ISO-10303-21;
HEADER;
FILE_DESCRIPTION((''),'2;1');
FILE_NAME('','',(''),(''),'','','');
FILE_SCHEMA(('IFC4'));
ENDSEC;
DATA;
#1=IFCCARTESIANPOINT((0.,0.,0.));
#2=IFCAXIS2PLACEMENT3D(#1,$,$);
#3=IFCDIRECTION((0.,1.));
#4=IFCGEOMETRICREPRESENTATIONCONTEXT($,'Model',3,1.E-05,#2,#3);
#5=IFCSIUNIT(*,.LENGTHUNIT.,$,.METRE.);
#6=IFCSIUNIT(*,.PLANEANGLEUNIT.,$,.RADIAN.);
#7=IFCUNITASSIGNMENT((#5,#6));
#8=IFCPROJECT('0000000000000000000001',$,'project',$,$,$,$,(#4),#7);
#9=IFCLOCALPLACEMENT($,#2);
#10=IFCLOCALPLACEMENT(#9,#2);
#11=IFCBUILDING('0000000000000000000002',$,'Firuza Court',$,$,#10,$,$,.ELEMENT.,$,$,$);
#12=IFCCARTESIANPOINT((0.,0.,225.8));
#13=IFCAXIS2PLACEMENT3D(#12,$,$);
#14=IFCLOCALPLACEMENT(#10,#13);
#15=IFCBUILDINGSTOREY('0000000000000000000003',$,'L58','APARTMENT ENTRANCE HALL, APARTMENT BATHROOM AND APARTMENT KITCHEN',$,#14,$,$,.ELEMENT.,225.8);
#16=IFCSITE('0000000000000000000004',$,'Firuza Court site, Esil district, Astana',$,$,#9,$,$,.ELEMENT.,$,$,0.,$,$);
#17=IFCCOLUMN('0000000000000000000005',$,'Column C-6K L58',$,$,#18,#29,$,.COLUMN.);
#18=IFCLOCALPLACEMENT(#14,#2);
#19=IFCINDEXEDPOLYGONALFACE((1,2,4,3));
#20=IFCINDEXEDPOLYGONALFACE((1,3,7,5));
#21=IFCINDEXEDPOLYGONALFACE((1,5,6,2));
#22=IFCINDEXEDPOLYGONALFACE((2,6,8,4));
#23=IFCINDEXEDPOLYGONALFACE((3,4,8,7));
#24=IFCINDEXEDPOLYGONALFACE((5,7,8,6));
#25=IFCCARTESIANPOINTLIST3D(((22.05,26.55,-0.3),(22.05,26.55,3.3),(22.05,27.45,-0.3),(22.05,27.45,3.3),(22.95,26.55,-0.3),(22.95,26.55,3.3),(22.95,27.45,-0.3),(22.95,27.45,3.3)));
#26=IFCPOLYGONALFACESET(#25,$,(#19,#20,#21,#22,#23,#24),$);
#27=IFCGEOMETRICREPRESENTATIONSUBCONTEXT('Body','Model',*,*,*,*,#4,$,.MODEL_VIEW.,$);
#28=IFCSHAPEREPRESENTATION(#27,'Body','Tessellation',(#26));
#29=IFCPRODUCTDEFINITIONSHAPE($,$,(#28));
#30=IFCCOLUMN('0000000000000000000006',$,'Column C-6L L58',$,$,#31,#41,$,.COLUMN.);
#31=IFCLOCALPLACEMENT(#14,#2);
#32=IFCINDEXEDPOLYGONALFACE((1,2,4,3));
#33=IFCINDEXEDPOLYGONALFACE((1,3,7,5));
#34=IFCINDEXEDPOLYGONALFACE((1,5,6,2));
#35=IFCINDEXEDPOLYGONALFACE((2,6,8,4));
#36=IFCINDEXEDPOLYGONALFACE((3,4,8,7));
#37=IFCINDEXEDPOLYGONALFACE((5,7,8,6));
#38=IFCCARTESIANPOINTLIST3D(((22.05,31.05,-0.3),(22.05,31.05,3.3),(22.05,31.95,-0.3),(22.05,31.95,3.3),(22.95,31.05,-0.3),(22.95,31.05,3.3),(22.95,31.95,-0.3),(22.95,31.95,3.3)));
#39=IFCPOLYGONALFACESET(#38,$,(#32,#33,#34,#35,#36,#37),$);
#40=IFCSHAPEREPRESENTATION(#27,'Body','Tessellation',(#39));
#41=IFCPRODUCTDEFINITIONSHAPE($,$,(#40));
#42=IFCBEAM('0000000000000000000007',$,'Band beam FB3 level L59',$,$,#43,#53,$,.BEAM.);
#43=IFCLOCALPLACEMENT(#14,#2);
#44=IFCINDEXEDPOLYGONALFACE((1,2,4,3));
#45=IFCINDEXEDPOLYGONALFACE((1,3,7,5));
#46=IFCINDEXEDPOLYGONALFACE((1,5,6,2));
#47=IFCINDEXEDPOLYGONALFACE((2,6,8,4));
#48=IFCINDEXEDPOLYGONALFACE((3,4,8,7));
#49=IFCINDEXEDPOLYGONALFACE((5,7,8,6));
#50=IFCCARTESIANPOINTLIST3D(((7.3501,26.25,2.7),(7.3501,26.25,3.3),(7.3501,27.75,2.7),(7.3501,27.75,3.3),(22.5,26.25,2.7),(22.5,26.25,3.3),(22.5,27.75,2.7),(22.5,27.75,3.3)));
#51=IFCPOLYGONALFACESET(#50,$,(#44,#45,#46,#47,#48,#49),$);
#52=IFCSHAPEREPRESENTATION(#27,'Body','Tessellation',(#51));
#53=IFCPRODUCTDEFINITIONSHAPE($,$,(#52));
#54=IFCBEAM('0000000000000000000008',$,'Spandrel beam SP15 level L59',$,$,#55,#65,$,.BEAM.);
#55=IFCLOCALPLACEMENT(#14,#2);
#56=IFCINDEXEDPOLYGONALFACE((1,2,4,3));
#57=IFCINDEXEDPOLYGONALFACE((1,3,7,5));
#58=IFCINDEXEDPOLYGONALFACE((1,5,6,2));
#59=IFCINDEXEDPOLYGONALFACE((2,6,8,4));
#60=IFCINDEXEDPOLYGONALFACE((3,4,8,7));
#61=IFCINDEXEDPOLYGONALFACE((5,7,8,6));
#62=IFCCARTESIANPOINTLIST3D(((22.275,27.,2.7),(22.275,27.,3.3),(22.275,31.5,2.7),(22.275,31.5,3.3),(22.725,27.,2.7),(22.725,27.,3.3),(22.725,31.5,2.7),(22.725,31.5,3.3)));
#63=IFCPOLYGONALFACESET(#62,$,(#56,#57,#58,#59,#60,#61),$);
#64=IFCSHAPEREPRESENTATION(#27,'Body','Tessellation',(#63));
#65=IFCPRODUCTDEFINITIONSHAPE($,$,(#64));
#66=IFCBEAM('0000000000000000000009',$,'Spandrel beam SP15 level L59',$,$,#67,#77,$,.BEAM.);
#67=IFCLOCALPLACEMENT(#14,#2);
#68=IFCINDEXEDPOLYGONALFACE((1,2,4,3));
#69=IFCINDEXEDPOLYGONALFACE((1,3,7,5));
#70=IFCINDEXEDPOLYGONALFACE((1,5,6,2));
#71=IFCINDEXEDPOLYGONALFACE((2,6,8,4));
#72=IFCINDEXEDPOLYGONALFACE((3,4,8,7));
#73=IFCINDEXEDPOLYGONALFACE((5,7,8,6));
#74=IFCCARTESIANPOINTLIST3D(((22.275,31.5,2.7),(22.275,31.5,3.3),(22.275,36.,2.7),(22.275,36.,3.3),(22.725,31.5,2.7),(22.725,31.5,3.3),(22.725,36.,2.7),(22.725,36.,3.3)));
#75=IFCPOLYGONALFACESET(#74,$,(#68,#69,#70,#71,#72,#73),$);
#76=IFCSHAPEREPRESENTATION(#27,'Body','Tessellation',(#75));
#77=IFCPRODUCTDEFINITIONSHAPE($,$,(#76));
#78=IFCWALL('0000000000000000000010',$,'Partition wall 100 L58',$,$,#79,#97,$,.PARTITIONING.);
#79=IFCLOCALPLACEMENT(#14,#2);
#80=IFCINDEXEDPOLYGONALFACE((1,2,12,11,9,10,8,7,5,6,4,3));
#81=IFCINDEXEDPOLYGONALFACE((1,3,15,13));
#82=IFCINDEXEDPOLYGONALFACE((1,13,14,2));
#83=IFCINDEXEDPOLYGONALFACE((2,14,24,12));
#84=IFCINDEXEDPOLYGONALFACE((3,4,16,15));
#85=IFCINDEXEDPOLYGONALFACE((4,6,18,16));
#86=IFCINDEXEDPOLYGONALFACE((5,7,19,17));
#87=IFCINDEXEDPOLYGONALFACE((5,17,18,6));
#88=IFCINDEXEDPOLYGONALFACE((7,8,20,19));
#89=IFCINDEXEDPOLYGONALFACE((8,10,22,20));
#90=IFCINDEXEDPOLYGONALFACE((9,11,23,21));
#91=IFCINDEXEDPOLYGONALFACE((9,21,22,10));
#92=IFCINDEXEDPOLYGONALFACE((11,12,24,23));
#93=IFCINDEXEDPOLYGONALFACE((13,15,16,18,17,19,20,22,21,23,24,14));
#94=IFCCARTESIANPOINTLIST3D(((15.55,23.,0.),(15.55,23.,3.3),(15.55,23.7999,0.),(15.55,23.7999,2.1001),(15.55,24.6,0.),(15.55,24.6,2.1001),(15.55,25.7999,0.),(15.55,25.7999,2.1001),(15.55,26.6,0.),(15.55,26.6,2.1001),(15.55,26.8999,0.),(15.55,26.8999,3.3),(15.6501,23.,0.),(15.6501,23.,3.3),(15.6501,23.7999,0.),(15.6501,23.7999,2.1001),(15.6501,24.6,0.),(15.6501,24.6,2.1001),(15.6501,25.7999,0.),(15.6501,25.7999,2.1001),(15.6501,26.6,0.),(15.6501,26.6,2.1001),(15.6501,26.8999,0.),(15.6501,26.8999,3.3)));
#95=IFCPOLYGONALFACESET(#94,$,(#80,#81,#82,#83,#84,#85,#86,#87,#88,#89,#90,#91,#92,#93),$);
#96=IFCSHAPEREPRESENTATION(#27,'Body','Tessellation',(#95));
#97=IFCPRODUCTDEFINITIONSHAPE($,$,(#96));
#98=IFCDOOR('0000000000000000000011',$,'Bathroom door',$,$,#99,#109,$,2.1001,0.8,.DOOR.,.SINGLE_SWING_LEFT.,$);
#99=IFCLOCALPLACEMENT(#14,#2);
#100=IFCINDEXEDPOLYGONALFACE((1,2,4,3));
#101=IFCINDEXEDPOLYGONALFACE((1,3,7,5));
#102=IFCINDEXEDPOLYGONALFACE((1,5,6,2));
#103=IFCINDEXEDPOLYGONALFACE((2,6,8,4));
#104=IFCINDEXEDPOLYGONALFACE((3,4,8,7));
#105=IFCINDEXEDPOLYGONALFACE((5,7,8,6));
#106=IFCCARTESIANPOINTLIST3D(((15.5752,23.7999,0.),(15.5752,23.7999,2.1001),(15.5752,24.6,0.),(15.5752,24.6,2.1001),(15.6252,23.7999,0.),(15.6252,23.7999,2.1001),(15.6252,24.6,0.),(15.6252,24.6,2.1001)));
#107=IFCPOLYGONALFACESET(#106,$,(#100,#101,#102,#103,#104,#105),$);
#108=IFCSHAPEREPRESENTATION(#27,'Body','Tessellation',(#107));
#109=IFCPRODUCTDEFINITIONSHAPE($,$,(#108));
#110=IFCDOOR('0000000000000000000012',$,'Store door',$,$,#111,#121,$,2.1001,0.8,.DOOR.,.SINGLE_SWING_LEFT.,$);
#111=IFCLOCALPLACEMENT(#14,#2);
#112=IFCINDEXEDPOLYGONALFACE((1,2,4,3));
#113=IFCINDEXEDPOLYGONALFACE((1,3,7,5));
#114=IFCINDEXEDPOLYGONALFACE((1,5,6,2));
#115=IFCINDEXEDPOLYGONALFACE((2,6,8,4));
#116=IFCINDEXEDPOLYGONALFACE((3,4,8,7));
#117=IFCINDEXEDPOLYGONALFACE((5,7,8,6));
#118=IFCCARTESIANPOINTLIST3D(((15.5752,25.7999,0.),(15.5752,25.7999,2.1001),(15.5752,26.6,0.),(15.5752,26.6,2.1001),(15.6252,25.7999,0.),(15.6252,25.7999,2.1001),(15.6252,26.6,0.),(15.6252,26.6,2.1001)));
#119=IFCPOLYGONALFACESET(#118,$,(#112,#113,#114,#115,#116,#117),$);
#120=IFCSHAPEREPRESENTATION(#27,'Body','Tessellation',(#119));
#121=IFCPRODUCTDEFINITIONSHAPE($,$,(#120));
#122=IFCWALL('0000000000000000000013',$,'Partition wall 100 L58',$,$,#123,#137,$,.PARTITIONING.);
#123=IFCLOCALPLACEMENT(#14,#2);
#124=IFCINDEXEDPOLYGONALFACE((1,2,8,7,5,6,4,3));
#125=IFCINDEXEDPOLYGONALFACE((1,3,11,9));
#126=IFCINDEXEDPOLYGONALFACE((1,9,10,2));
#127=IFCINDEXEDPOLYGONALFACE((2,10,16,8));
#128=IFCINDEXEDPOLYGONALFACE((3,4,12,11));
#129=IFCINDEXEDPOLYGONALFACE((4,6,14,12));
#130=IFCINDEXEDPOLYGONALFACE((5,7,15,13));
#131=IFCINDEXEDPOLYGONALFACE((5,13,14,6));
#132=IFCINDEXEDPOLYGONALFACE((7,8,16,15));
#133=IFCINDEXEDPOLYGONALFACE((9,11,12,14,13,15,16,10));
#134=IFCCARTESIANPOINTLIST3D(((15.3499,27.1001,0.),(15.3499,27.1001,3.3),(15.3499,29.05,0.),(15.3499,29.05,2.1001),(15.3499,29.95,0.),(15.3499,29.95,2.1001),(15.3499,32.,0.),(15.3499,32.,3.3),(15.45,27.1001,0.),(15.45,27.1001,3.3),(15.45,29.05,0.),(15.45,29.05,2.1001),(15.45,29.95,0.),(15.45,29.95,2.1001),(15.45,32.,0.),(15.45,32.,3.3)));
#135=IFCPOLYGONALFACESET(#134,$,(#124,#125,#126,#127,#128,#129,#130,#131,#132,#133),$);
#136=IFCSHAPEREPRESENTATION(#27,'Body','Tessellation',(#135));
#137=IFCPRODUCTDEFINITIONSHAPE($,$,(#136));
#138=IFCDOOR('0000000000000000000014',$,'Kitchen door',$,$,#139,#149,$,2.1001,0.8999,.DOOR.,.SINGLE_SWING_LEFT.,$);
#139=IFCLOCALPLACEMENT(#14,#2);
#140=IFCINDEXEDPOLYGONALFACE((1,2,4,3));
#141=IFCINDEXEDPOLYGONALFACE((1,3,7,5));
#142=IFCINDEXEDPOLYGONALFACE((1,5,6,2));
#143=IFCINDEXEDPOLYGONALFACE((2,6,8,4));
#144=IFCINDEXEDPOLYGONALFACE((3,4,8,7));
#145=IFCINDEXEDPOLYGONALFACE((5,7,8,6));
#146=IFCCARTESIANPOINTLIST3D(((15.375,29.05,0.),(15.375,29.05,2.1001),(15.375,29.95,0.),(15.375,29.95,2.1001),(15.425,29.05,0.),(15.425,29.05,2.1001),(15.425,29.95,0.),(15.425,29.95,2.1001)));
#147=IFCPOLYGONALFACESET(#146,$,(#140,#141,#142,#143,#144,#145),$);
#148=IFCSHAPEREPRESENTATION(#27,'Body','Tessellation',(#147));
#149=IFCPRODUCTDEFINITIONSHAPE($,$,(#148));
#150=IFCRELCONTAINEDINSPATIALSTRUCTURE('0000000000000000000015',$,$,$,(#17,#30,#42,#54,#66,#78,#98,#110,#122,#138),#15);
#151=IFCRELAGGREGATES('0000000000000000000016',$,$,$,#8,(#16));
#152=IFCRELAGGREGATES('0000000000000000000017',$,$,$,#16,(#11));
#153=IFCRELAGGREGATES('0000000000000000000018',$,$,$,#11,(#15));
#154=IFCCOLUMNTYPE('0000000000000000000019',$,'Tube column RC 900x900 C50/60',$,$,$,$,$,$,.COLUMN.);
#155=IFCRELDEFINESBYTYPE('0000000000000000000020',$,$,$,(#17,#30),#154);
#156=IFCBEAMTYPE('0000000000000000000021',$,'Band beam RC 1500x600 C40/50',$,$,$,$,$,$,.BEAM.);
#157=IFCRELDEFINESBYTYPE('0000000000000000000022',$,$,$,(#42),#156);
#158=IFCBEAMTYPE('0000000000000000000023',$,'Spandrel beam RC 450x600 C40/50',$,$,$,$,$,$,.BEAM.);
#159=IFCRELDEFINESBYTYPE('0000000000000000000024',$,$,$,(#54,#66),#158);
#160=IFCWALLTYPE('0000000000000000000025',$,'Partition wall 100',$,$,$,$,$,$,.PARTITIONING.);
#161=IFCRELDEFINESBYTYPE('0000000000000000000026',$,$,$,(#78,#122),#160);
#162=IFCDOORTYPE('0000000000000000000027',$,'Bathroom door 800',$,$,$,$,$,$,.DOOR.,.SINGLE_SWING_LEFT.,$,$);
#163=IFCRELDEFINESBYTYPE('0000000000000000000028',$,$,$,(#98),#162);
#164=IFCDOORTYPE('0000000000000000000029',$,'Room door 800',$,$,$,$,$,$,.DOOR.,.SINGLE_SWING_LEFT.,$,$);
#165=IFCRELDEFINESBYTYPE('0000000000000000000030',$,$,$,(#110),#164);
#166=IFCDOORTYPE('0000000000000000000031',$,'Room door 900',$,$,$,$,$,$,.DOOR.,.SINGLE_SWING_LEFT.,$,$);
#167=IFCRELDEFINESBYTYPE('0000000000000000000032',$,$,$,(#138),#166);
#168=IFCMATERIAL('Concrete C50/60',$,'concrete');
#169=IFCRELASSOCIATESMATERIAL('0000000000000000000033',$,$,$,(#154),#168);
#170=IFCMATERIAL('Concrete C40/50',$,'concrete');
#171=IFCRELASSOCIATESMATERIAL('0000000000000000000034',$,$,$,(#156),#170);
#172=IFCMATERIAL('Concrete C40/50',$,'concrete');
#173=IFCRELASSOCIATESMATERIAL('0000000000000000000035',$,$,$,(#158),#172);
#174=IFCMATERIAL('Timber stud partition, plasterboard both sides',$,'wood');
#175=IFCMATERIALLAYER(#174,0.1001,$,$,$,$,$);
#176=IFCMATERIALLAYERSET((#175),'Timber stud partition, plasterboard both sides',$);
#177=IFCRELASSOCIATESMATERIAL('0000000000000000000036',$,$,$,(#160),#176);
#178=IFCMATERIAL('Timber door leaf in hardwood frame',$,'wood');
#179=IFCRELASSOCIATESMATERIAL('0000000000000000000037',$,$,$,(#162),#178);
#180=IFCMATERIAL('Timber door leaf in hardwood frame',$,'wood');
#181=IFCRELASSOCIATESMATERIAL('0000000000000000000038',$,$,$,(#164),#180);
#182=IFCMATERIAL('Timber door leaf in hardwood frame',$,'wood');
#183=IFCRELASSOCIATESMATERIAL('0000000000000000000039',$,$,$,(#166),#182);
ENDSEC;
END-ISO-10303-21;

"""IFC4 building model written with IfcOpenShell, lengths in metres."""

from ifc_helpers import new_model, si_unit, direction, frame, frame_2d, origin, origin_2d, place, context, subcontext, project, spatial, rectangle, extrude, material, layer, layer_set, material_profile, profile_set, type_object, element, fill, save


model = new_model("IFC4")

# Units and contexts
model_context = context("Model", 3, precision=1e-05, world=origin(), true_north=direction((0.0, 1.0)))
body_context = subcontext(model_context, "Body", "Model", "MODEL_VIEW")
ifc_project = project(units=[si_unit("LENGTHUNIT", "METRE"), si_unit("PLANEANGLEUNIT", "RADIAN")], contexts=[model_context])

# Site, building, storey
site_placement = place(None, origin())
site = spatial("IfcSite", under=ifc_project, at=site_placement, Name="Firuza Court site, Esil district, Astana", CompositionType="ELEMENT", RefElevation=0.0)
building_placement = place(site_placement, origin())
building = spatial("IfcBuilding", under=site, at=building_placement, Name="Firuza Court", CompositionType="ELEMENT")
storey_placement = place(building_placement, frame((0.0, 0.0, 225.8)))
storey = spatial("IfcBuildingStorey", under=building, at=storey_placement, Name="L58", Description="APARTMENT ENTRANCE HALL, APARTMENT BATHROOM AND APARTMENT KITCHEN", CompositionType="ELEMENT", Elevation=225.8)

# Columns
ifc_material_1 = material(Name="Concrete C50/60", Category="concrete")
ifc_material_profile_1 = material_profile(ifc_material_1, rectangle(XDim=0.8999, YDim=0.8999, at=origin_2d()), Name="RC 900x900")
ifc_profile_set_1 = profile_set([ifc_material_profile_1], Name="Concrete C50/60")
column_type = type_object("IfcColumnType", Name="Tube column RC 900x900 C50/60", PredefinedType="COLUMN", material=ifc_profile_set_1)
for number, where, z_axis, x_axis, name in (
    (1, (22.5, 27.0, -0.3), (0.0, 0.0, 1.0), (1.0, 0.0, 0.0), "Column C-6K L58"),
    (2, (22.5, 31.5, -0.3), (0.0, 0.0, 1.0), (1.0, 0.0, 0.0), "Column C-6L L58"),
):
    element("IfcColumn", number, at=place(storey_placement, frame(where, z_axis=z_axis, x_axis=x_axis)), inside=storey, type_object=column_type, Name=name, PredefinedType="COLUMN", context=body_context, shape_type="SweptSolid", body=[
        extrude(rectangle(XDim=0.8999, YDim=0.8999, at=origin_2d()), origin(), (0.0, 0.0, 1.0), 3.6001),
    ])

# Beams
ifc_material_2 = material(Name="Concrete C40/50", Category="concrete")
ifc_material_profile_2 = material_profile(ifc_material_2, rectangle(XDim=1.5, YDim=0.6001, at=origin_2d()), Name="RC 1500x600")
ifc_profile_set_2 = profile_set([ifc_material_profile_2], Name="Concrete C40/50")
beam_type_1 = type_object("IfcBeamType", Name="Band beam RC 1500x600 C40/50", PredefinedType="BEAM", material=ifc_profile_set_2)
beam_placement = place(storey_placement, frame((22.5, 27.0, 3.0), z_axis=(-1.0, 0.0, 0.0), x_axis=(0.0, -1.0, 0.0)))
element("IfcBeam", 3, at=beam_placement, inside=storey, type_object=beam_type_1, Name="Band beam FB3 level L59", PredefinedType="BEAM", context=body_context, shape_type="SweptSolid", body=[
    extrude(rectangle(XDim=1.5, YDim=0.6001, at=origin_2d()), origin(), (0.0, 0.0, 1.0), 15.1499),
])
ifc_material_3 = material(Name="Concrete C40/50", Category="concrete")
ifc_material_profile_3 = material_profile(ifc_material_3, rectangle(XDim=0.45, YDim=0.6001, at=origin_2d()), Name="RC 450x600")
ifc_profile_set_3 = profile_set([ifc_material_profile_3], Name="Concrete C40/50")
beam_type_2 = type_object("IfcBeamType", Name="Spandrel beam RC 450x600 C40/50", PredefinedType="BEAM", material=ifc_profile_set_3)
for number, where, z_axis, x_axis, name in (
    (4, (22.5, 27.0, 3.0), (0.0, 1.0, 0.0), (-1.0, 0.0, 0.0), "Spandrel beam SP15 level L59"),
    (5, (22.5, 31.5, 3.0), (0.0, 1.0, 0.0), (-1.0, 0.0, 0.0), "Spandrel beam SP15 level L59"),
):
    element("IfcBeam", number, at=place(storey_placement, frame(where, z_axis=z_axis, x_axis=x_axis)), inside=storey, type_object=beam_type_2, Name=name, PredefinedType="BEAM", context=body_context, shape_type="SweptSolid", body=[
        extrude(rectangle(XDim=0.45, YDim=0.6001, at=origin_2d()), origin(), (0.0, 0.0, 1.0), 4.5),
    ])

# Wall, openings, doors
ifc_material_4 = material(Name="Timber stud partition, plasterboard both sides", Category="wood")
ifc_layer = layer(ifc_material_4, 0.1001)
ifc_layer_set = layer_set([ifc_layer], Name="Timber stud partition, plasterboard both sides")
wall_type = type_object("IfcWallType", Name="Partition wall 100", PredefinedType="PARTITIONING", material=ifc_layer_set)
wall_1_placement = place(storey_placement, frame((15.6001, 23.0, 0.0), z_axis=(0.0, 0.0, 1.0), x_axis=(0.0, 1.0, 0.0)))
wall_1 = element("IfcWall", 6, at=wall_1_placement, inside=storey, type_object=wall_type, Name="Partition wall 100 L58", PredefinedType="PARTITIONING", context=body_context, shape_type="SweptSolid", body=[
    extrude(rectangle(XDim=3.8999, YDim=0.1001, at=frame_2d((1.95, 0.0))), origin(), (0.0, 0.0, 1.0), 3.3),
])
opening_1_placement = place(wall_1_placement, frame((0.8, 0.0, 0.0)))
opening_1 = element("IfcOpeningElement", 7, at=opening_1_placement, cuts=wall_1, PredefinedType="OPENING", context=body_context, shape_type="SweptSolid", body=[
    extrude(rectangle(XDim=0.8, YDim=2.1001, at=frame_2d((0.3999, 1.05))), frame((0.0, 0.062, 0.0), z_axis=(0.0, -1.0, 0.0), x_axis=(1.0, 0.0, 0.0)), (0.0, 0.0, 1.0), 0.124),
])
opening_2_placement = place(wall_1_placement, frame((2.8, 0.0, 0.0)))
opening_2 = element("IfcOpeningElement", 8, at=opening_2_placement, cuts=wall_1, PredefinedType="OPENING", context=body_context, shape_type="SweptSolid", body=[
    extrude(rectangle(XDim=0.8, YDim=2.1001, at=frame_2d((0.3999, 1.05))), frame((0.0, 0.062, 0.0), z_axis=(0.0, -1.0, 0.0), x_axis=(1.0, 0.0, 0.0)), (0.0, 0.0, 1.0), 0.124),
])
ifc_material_5 = material(Name="Timber door leaf in hardwood frame", Category="wood")
door_type_1 = type_object("IfcDoorType", Name="Bathroom door 800", OperationType="SINGLE_SWING_LEFT", PredefinedType="DOOR", material=ifc_material_5)
door_1_placement = place(opening_1_placement, origin())
door_1 = element("IfcDoor", 9, at=door_1_placement, inside=storey, type_object=door_type_1, Name="Bathroom door", OperationType="SINGLE_SWING_LEFT", OverallHeight=2.1001, OverallWidth=0.8, PredefinedType="DOOR", context=body_context, shape_type="SweptSolid", body=[
    extrude(rectangle(XDim=0.8, YDim=2.1001, at=frame_2d((0.3999, 1.05))), frame((0.0, 0.0249, 0.0), z_axis=(0.0, -1.0, 0.0), x_axis=(1.0, 0.0, 0.0)), (0.0, 0.0, 1.0), 0.05),
])
fill(opening_1, door_1)
ifc_material_6 = material(Name="Timber door leaf in hardwood frame", Category="wood")
door_type_2 = type_object("IfcDoorType", Name="Room door 800", OperationType="SINGLE_SWING_LEFT", PredefinedType="DOOR", material=ifc_material_6)
door_2_placement = place(opening_2_placement, origin())
door_2 = element("IfcDoor", 10, at=door_2_placement, inside=storey, type_object=door_type_2, Name="Store door", OperationType="SINGLE_SWING_LEFT", OverallHeight=2.1001, OverallWidth=0.8, PredefinedType="DOOR", context=body_context, shape_type="SweptSolid", body=[
    extrude(rectangle(XDim=0.8, YDim=2.1001, at=frame_2d((0.3999, 1.05))), frame((0.0, 0.0249, 0.0), z_axis=(0.0, -1.0, 0.0), x_axis=(1.0, 0.0, 0.0)), (0.0, 0.0, 1.0), 0.05),
])
fill(opening_2, door_2)

# Wall, opening, door
wall_2_placement = place(storey_placement, frame((15.3999, 27.1001, 0.0), z_axis=(0.0, 0.0, 1.0), x_axis=(0.0, 1.0, 0.0)))
wall_2 = element("IfcWall", 11, at=wall_2_placement, inside=storey, type_object=wall_type, Name="Partition wall 100 L58", PredefinedType="PARTITIONING", context=body_context, shape_type="SweptSolid", body=[
    extrude(rectangle(XDim=4.8999, YDim=0.1001, at=frame_2d((2.45, 0.0))), origin(), (0.0, 0.0, 1.0), 3.3),
])
opening_3_placement = place(wall_2_placement, frame((1.95, 0.0, 0.0)))
opening_3 = element("IfcOpeningElement", 12, at=opening_3_placement, cuts=wall_2, PredefinedType="OPENING", context=body_context, shape_type="SweptSolid", body=[
    extrude(rectangle(XDim=0.8999, YDim=2.1001, at=frame_2d((0.45, 1.05))), frame((0.0, 0.062, 0.0), z_axis=(0.0, -1.0, 0.0), x_axis=(1.0, 0.0, 0.0)), (0.0, 0.0, 1.0), 0.124),
])
ifc_material_7 = material(Name="Timber door leaf in hardwood frame", Category="wood")
door_type_3 = type_object("IfcDoorType", Name="Room door 900", OperationType="SINGLE_SWING_LEFT", PredefinedType="DOOR", material=ifc_material_7)
door_3_placement = place(opening_3_placement, origin())
door_3 = element("IfcDoor", 13, at=door_3_placement, inside=storey, type_object=door_type_3, Name="Kitchen door", OperationType="SINGLE_SWING_LEFT", OverallHeight=2.1001, OverallWidth=0.8999, PredefinedType="DOOR", context=body_context, shape_type="SweptSolid", body=[
    extrude(rectangle(XDim=0.8999, YDim=2.1001, at=frame_2d((0.45, 1.05))), frame((0.0, 0.0249, 0.0), z_axis=(0.0, -1.0, 0.0), x_axis=(1.0, 0.0, 0.0)), (0.0, 0.0, 1.0), 0.05),
])
fill(opening_3, door_3)

save(model, "model.ifc")
